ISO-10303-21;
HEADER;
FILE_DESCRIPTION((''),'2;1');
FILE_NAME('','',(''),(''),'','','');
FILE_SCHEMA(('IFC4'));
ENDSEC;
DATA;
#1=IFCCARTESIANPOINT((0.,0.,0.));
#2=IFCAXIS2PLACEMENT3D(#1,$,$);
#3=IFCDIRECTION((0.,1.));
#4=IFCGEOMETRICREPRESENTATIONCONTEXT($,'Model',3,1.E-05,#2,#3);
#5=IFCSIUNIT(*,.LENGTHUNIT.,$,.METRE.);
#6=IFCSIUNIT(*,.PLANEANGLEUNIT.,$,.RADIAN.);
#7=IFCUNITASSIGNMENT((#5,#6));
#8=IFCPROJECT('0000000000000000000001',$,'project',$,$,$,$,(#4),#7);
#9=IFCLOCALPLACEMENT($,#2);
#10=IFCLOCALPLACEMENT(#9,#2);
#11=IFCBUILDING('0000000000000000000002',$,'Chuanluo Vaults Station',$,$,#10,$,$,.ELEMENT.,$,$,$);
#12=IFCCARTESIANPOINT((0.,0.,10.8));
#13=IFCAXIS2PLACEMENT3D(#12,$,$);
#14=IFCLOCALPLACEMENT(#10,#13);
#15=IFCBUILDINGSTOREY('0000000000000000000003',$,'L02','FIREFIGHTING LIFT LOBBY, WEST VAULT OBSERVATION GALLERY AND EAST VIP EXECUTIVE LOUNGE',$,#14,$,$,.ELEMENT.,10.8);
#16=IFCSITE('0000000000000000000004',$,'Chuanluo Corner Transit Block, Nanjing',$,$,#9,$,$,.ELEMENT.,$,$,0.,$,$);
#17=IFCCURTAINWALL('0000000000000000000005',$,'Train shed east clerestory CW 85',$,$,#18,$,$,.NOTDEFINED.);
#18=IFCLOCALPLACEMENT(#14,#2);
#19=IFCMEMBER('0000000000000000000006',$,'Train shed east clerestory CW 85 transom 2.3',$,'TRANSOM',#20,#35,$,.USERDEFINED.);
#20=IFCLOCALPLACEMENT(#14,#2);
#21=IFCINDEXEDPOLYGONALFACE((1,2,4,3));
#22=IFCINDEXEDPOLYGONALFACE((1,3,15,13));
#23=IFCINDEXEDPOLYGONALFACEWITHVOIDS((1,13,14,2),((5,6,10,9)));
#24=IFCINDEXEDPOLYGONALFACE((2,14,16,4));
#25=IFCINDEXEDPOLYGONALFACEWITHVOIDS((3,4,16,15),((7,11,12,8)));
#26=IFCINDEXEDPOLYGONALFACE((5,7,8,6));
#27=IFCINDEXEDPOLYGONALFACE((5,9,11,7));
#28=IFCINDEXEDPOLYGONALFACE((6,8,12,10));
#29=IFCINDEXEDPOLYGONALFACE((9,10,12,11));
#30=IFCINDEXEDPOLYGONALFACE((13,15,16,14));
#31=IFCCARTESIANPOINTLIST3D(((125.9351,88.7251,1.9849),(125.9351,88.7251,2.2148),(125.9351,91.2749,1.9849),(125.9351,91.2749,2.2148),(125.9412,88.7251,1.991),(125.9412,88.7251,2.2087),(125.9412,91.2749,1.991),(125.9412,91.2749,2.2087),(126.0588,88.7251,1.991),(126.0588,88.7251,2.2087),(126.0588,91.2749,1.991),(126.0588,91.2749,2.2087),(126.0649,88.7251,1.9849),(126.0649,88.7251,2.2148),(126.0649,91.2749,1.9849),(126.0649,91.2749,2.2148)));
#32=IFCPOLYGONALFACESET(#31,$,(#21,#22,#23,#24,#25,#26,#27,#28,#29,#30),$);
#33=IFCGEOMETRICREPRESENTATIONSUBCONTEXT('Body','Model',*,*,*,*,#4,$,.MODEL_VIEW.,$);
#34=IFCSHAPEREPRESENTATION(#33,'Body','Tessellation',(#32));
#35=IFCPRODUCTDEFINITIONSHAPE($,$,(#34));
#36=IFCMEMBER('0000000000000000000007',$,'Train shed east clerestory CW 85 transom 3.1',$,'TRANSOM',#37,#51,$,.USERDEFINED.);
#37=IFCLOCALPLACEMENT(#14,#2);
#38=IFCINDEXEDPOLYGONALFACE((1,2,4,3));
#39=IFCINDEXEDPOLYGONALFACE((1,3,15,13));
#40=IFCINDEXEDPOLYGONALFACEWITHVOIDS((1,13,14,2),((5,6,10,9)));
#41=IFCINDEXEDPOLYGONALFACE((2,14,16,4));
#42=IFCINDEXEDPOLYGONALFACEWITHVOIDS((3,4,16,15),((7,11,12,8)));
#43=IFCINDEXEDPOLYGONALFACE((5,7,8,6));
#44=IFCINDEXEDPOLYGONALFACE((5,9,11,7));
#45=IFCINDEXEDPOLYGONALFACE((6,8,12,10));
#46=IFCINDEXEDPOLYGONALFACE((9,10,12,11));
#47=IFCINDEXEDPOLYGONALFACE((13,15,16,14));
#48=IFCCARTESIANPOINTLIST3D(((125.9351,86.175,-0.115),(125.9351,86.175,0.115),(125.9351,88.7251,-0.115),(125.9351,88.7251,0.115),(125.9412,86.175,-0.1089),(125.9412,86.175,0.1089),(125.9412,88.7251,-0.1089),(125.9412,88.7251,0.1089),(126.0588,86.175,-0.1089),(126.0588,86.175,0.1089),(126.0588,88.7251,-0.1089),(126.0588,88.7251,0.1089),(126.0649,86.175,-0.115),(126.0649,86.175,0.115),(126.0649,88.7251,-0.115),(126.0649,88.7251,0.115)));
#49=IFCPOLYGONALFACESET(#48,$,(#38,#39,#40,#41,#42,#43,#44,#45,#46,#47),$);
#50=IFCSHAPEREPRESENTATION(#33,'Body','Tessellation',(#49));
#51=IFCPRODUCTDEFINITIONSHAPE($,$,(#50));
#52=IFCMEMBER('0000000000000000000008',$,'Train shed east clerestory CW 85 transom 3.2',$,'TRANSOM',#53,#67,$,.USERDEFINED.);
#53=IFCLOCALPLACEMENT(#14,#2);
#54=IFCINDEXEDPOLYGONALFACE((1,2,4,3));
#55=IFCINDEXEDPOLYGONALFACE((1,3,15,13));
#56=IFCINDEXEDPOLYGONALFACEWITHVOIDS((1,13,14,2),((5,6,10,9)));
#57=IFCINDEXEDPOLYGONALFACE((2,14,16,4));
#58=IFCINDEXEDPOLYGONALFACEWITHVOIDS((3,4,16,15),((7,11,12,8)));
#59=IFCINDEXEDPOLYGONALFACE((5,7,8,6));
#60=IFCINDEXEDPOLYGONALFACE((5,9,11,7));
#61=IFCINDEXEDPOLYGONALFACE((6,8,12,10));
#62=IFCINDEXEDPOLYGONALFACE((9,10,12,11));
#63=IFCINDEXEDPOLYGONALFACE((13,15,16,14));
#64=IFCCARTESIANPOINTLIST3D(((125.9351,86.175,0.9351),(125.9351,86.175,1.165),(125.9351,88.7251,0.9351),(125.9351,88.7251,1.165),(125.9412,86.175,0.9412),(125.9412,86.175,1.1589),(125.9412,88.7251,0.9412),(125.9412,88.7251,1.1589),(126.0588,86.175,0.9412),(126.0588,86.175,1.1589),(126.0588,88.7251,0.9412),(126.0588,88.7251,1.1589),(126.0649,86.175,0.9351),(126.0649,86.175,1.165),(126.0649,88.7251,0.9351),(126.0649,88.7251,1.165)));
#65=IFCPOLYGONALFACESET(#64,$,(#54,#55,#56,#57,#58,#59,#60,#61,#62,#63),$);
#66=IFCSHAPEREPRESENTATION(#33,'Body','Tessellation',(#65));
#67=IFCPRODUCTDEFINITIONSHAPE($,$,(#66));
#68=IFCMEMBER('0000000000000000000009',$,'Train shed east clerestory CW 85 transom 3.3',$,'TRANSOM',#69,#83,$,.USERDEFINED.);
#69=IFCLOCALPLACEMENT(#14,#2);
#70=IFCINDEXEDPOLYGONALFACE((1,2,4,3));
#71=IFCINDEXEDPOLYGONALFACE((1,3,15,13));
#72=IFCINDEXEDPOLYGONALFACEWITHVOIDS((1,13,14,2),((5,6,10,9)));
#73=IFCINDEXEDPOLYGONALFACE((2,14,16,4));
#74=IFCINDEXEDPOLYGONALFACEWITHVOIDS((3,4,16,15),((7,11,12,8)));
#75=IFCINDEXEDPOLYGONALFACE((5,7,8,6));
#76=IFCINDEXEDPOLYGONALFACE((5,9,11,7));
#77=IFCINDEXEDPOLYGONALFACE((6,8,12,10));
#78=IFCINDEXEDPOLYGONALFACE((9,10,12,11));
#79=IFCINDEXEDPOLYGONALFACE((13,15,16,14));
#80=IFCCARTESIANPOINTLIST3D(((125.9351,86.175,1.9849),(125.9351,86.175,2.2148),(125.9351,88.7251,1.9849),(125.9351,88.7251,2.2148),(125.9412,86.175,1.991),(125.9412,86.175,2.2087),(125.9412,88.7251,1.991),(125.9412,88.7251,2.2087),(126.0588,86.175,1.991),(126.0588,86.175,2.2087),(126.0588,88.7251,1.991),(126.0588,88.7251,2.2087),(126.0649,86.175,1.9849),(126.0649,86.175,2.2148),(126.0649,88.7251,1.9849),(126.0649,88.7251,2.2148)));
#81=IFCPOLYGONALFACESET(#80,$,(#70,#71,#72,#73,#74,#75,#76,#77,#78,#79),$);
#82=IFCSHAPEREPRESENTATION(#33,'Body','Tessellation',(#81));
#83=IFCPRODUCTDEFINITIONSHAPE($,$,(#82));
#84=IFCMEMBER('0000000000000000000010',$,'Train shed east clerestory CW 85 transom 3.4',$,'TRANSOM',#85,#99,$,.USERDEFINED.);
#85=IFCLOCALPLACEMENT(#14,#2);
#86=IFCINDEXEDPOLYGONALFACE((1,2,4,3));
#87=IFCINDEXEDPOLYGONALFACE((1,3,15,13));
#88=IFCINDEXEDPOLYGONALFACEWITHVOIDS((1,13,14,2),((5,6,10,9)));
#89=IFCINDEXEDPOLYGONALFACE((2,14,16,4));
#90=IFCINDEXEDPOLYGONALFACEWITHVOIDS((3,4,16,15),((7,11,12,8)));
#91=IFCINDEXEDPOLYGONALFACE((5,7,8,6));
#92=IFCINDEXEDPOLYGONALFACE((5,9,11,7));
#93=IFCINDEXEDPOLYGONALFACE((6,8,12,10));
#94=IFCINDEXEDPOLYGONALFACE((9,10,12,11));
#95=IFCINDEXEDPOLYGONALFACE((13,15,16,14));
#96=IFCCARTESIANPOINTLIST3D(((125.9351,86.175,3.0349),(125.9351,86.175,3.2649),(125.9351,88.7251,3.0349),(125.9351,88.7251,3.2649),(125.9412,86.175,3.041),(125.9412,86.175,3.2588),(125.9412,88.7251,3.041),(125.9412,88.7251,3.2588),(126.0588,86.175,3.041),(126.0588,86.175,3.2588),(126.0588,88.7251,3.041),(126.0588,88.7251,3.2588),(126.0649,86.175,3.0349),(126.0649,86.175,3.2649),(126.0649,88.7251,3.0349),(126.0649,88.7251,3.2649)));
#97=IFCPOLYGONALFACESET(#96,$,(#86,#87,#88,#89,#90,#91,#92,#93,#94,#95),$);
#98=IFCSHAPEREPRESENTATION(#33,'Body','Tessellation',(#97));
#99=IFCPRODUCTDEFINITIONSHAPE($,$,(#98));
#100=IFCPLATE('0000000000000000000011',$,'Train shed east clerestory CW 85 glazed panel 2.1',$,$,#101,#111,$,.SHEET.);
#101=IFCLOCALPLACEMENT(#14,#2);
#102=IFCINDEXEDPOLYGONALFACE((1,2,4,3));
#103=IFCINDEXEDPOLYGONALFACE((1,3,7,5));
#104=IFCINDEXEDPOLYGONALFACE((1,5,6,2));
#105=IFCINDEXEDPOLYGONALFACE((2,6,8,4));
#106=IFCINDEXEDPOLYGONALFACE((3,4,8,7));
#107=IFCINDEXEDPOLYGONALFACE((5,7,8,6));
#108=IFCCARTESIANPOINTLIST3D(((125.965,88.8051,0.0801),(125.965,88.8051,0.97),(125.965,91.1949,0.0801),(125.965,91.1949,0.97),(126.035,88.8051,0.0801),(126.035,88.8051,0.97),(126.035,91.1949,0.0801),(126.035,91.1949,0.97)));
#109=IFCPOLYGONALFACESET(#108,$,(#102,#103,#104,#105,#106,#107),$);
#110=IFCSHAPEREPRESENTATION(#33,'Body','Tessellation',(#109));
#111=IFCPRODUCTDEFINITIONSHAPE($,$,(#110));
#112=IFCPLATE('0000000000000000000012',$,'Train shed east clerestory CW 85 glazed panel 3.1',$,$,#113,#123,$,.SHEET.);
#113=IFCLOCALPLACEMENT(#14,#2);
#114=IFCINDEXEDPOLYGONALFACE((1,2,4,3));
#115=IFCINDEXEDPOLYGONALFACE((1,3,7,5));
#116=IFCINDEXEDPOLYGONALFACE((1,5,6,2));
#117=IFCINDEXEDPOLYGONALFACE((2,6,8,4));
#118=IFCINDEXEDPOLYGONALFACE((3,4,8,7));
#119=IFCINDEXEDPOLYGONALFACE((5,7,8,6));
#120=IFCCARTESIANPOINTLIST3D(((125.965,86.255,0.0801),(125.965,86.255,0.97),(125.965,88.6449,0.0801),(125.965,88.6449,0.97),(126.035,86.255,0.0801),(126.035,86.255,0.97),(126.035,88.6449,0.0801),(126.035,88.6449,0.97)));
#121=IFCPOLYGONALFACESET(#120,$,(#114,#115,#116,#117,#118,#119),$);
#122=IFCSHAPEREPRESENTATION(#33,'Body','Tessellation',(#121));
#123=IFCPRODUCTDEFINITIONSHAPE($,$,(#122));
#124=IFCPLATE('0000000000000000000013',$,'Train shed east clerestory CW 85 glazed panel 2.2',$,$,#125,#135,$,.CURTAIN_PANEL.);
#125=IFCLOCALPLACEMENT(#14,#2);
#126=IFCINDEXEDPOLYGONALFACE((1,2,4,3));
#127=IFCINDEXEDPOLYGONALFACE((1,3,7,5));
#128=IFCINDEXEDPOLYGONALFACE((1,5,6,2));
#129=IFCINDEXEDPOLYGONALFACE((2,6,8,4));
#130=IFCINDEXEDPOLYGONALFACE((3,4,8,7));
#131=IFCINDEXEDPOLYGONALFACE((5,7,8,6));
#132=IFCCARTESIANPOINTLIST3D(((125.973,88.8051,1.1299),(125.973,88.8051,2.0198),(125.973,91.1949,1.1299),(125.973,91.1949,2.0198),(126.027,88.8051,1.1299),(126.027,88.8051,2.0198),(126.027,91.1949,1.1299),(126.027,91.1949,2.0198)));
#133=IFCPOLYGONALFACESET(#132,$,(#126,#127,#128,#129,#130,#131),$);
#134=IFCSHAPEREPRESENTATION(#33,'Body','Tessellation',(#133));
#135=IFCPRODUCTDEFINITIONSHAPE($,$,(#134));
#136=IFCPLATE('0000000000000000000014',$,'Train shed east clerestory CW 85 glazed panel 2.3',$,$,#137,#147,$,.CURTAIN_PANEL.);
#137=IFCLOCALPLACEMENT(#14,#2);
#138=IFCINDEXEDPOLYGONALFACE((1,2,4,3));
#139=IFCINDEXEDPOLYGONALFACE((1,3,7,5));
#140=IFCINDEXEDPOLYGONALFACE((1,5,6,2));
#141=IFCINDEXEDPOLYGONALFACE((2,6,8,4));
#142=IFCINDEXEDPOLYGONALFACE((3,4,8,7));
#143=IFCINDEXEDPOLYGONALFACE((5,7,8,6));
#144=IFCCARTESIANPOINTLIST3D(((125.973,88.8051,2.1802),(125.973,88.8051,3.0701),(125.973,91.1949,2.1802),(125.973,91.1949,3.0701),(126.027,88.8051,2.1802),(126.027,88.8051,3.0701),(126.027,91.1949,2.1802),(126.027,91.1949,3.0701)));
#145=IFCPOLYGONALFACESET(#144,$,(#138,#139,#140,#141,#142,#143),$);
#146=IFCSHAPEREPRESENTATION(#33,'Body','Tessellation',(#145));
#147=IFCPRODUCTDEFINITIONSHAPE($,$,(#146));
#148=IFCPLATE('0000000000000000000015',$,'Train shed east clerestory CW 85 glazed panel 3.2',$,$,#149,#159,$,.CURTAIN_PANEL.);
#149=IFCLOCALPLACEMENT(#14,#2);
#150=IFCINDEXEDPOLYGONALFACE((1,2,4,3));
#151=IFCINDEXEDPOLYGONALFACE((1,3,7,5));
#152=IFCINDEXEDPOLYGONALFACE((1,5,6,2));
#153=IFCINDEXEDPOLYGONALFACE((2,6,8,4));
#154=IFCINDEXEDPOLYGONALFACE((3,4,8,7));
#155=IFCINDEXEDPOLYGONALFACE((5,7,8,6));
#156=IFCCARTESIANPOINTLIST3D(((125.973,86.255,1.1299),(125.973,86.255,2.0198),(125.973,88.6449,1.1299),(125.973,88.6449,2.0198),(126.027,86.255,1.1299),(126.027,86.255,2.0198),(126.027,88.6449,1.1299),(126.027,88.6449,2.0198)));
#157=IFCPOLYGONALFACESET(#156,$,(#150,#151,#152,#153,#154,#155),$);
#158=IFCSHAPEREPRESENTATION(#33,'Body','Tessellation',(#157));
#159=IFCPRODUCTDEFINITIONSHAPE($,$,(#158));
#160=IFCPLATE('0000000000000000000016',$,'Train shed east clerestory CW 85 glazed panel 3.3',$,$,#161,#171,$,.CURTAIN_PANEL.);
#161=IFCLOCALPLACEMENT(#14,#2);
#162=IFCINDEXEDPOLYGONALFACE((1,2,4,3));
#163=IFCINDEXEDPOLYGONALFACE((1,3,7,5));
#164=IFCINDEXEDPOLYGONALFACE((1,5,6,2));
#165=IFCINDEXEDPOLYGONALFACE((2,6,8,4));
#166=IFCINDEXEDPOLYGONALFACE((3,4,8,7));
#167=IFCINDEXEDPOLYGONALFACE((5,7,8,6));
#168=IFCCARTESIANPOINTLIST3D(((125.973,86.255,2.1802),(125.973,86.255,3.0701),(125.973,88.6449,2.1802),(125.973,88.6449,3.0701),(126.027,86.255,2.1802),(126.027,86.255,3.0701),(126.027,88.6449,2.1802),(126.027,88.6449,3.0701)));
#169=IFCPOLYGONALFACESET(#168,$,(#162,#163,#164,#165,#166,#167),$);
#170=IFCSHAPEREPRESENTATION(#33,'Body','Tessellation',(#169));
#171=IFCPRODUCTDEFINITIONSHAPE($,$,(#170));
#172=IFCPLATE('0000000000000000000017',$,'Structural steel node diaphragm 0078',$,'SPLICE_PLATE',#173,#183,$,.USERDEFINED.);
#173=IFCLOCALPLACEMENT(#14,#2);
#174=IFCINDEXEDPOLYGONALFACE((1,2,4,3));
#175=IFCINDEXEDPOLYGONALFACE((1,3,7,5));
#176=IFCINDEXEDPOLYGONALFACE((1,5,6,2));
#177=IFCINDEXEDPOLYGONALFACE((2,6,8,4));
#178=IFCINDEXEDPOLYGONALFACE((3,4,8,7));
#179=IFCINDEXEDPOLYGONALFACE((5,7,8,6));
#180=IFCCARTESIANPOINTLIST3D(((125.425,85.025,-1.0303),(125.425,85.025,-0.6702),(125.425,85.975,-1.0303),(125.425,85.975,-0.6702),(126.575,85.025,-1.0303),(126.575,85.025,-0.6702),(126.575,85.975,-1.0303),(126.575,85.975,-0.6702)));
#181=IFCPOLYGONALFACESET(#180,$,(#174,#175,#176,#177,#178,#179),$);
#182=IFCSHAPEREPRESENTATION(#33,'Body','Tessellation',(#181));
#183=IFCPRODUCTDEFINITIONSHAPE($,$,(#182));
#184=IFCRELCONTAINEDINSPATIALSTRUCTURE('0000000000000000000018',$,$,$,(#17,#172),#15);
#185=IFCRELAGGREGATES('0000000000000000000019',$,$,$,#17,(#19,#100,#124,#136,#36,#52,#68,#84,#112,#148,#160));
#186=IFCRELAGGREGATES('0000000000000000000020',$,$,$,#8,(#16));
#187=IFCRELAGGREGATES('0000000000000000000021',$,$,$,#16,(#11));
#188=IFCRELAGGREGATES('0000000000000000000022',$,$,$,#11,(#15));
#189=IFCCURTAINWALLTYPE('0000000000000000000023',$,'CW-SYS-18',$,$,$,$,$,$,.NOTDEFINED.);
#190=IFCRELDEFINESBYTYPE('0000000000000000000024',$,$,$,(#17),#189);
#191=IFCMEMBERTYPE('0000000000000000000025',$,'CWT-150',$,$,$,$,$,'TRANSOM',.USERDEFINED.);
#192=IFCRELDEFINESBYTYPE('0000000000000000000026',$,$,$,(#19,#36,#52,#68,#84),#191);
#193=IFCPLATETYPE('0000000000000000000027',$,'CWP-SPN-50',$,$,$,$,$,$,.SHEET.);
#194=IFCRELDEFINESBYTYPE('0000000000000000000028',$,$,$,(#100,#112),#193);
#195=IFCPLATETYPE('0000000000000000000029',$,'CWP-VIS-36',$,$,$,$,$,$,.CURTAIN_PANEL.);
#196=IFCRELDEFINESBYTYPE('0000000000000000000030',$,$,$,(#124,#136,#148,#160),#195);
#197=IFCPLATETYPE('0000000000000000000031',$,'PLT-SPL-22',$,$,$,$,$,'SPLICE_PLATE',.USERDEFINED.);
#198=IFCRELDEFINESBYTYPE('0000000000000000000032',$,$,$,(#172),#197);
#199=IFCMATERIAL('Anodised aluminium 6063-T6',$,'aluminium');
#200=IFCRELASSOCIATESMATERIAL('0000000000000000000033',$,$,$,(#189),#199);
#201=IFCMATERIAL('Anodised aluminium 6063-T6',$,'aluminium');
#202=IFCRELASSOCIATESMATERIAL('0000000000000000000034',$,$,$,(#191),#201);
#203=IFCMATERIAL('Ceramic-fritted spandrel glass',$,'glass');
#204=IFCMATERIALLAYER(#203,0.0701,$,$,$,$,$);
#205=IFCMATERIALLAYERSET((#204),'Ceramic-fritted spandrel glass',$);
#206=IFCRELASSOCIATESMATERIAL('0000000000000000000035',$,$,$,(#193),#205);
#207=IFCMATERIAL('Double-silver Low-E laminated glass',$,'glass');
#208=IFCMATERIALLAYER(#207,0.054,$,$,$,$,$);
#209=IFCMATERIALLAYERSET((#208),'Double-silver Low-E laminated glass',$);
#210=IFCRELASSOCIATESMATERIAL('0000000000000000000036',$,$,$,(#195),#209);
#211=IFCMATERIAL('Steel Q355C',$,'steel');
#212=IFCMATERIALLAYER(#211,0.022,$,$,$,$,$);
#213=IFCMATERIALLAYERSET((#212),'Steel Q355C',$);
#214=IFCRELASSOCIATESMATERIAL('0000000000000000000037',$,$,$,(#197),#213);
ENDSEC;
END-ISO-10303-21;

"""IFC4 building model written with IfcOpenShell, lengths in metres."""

from ifc_helpers import new_model, si_unit, direction, frame, origin, origin_2d, place, context, subcontext, project, spatial, rectangle, hollow_rectangle, extrude, material, layer, layer_set, material_profile, profile_set, type_object, element, aggregate, save


model = new_model("IFC4")

# Units and contexts
model_context = context("Model", 3, precision=1e-05, world=origin(), true_north=direction((0.0, 1.0)))
body_context = subcontext(model_context, "Body", "Model", "MODEL_VIEW")
ifc_project = project(units=[si_unit("LENGTHUNIT", "METRE"), si_unit("PLANEANGLEUNIT", "RADIAN")], contexts=[model_context])

# Site, building, storey
site_placement = place(None, origin())
site = spatial("IfcSite", under=ifc_project, at=site_placement, Name="Chuanluo Corner Transit Block, Nanjing", CompositionType="ELEMENT", RefElevation=0.0)
building_placement = place(site_placement, origin())
building = spatial("IfcBuilding", under=site, at=building_placement, Name="Chuanluo Vaults Station", CompositionType="ELEMENT")
storey_placement = place(building_placement, frame((0.0, 0.0, 10.8)))
storey = spatial("IfcBuildingStorey", under=building, at=storey_placement, Name="L02", Description="FIREFIGHTING LIFT LOBBY, WEST VAULT OBSERVATION GALLERY AND EAST VIP EXECUTIVE LOUNGE", CompositionType="ELEMENT", Elevation=10.8)

# Curtain wall
ifc_material_1 = material(Name="Anodised aluminium 6063-T6", Category="aluminium")
curtain_wall_type_1 = type_object("IfcCurtainWallType", Name="CW-SYS-18", PredefinedType="NOTDEFINED", material=ifc_material_1)
curtain_wall_1_placement = place(storey_placement, origin())
curtain_wall_1 = element("IfcCurtainWall", 1, at=curtain_wall_1_placement, inside=storey, type_object=curtain_wall_type_1, Name="Train shed east clerestory CW 85", PredefinedType="NOTDEFINED")

# Members
ifc_material_2 = material(Name="Anodised aluminium 6063-T6", Category="aluminium")
ifc_material_profile_1 = material_profile(ifc_material_2, hollow_rectangle(XDim=0.1299, YDim=0.23, WallThickness=0.0061, at=origin_2d()))
ifc_profile_set_1 = profile_set([ifc_material_profile_1], Name="Anodised aluminium 6063-T6")
member_type_1 = type_object("IfcMemberType", Name="CWT-150", ElementType="TRANSOM", PredefinedType="USERDEFINED", material=ifc_profile_set_1)
member_1_placement = place(storey_placement, frame((126.0, 91.2749, 2.0999), z_axis=(0.0, -1.0, 0.0), x_axis=(1.0, 0.0, 0.0)))
member_1 = element("IfcMember", 2, at=member_1_placement, type_object=member_type_1, Name="Train shed east clerestory CW 85 transom 2.3", ObjectType="TRANSOM", PredefinedType="USERDEFINED", context=body_context, shape_type="SweptSolid", body=[
    extrude(hollow_rectangle(XDim=0.1299, YDim=0.23, WallThickness=0.0061, at=origin_2d()), origin(), (0.0, 0.0, 1.0), 2.5498),
])
member_2_placement = place(storey_placement, frame((126.0, 88.7251, 0.0), z_axis=(0.0, -1.0, 0.0), x_axis=(1.0, 0.0, 0.0)))
member_2 = element("IfcMember", 3, at=member_2_placement, type_object=member_type_1, Name="Train shed east clerestory CW 85 transom 3.1", ObjectType="TRANSOM", PredefinedType="USERDEFINED", context=body_context, shape_type="SweptSolid", body=[
    extrude(hollow_rectangle(XDim=0.1299, YDim=0.23, WallThickness=0.0061, at=origin_2d()), origin(), (0.0, 0.0, 1.0), 2.55),
])
member_3_placement = place(storey_placement, frame((126.0, 88.7251, 1.05), z_axis=(0.0, -1.0, 0.0), x_axis=(1.0, 0.0, 0.0)))
member_3 = element("IfcMember", 4, at=member_3_placement, type_object=member_type_1, Name="Train shed east clerestory CW 85 transom 3.2", ObjectType="TRANSOM", PredefinedType="USERDEFINED", context=body_context, shape_type="SweptSolid", body=[
    extrude(hollow_rectangle(XDim=0.1299, YDim=0.23, WallThickness=0.0061, at=origin_2d()), origin(), (0.0, 0.0, 1.0), 2.55),
])
member_4_placement = place(storey_placement, frame((126.0, 88.7251, 2.0999), z_axis=(0.0, -1.0, 0.0), x_axis=(1.0, 0.0, 0.0)))
member_4 = element("IfcMember", 5, at=member_4_placement, type_object=member_type_1, Name="Train shed east clerestory CW 85 transom 3.3", ObjectType="TRANSOM", PredefinedType="USERDEFINED", context=body_context, shape_type="SweptSolid", body=[
    extrude(hollow_rectangle(XDim=0.1299, YDim=0.23, WallThickness=0.0061, at=origin_2d()), origin(), (0.0, 0.0, 1.0), 2.55),
])
member_5_placement = place(storey_placement, frame((126.0, 88.7251, 3.1499), z_axis=(0.0, -1.0, 0.0), x_axis=(1.0, 0.0, 0.0)))
member_5 = element("IfcMember", 6, at=member_5_placement, type_object=member_type_1, Name="Train shed east clerestory CW 85 transom 3.4", ObjectType="TRANSOM", PredefinedType="USERDEFINED", context=body_context, shape_type="SweptSolid", body=[
    extrude(hollow_rectangle(XDim=0.1299, YDim=0.23, WallThickness=0.0061, at=origin_2d()), origin(), (0.0, 0.0, 1.0), 2.55),
])

# Plates
ifc_material_3 = material(Name="Ceramic-fritted spandrel glass", Category="glass")
ifc_layer_1 = layer(ifc_material_3, 0.0701)
ifc_layer_set_1 = layer_set([ifc_layer_1], Name="Ceramic-fritted spandrel glass")
plate_type_1 = type_object("IfcPlateType", Name="CWP-SPN-50", PredefinedType="SHEET", material=ifc_layer_set_1)
plate_1_placement = place(storey_placement, frame((126.0, 90.0, 0.0801), z_axis=(0.0, 0.0, 1.0), x_axis=(0.0, -1.0, 0.0)))
plate_1 = element("IfcPlate", 7, at=plate_1_placement, type_object=plate_type_1, Name="Train shed east clerestory CW 85 glazed panel 2.1", PredefinedType="SHEET", context=body_context, shape_type="SweptSolid", body=[
    extrude(rectangle(XDim=2.3899, YDim=0.0701, at=origin_2d()), origin(), (0.0, 0.0, 1.0), 0.8899),
])
plate_2_placement = place(storey_placement, frame((126.0, 87.45, 0.0801), z_axis=(0.0, 0.0, 1.0), x_axis=(0.0, -1.0, 0.0)))
plate_2 = element("IfcPlate", 8, at=plate_2_placement, type_object=plate_type_1, Name="Train shed east clerestory CW 85 glazed panel 3.1", PredefinedType="SHEET", context=body_context, shape_type="SweptSolid", body=[
    extrude(rectangle(XDim=2.3899, YDim=0.0701, at=origin_2d()), origin(), (0.0, 0.0, 1.0), 0.8899),
])
ifc_material_4 = material(Name="Double-silver Low-E laminated glass", Category="glass")
ifc_layer_2 = layer(ifc_material_4, 0.054)
ifc_layer_set_2 = layer_set([ifc_layer_2], Name="Double-silver Low-E laminated glass")
plate_type_2 = type_object("IfcPlateType", Name="CWP-VIS-36", PredefinedType="CURTAIN_PANEL", material=ifc_layer_set_2)
plate_3_placement = place(storey_placement, frame((126.0, 90.0, 1.1299), z_axis=(0.0, 0.0, 1.0), x_axis=(0.0, -1.0, 0.0)))
plate_3 = element("IfcPlate", 9, at=plate_3_placement, type_object=plate_type_2, Name="Train shed east clerestory CW 85 glazed panel 2.2", PredefinedType="CURTAIN_PANEL", context=body_context, shape_type="SweptSolid", body=[
    extrude(rectangle(XDim=2.3899, YDim=0.054, at=origin_2d()), origin(), (0.0, 0.0, 1.0), 0.8899),
])
plate_4_placement = place(storey_placement, frame((126.0, 90.0, 2.1802), z_axis=(0.0, 0.0, 1.0), x_axis=(0.0, -1.0, 0.0)))
plate_4 = element("IfcPlate", 10, at=plate_4_placement, type_object=plate_type_2, Name="Train shed east clerestory CW 85 glazed panel 2.3", PredefinedType="CURTAIN_PANEL", context=body_context, shape_type="SweptSolid", body=[
    extrude(rectangle(XDim=2.3899, YDim=0.054, at=origin_2d()), origin(), (0.0, 0.0, 1.0), 0.8899),
])
plate_5_placement = place(storey_placement, frame((126.0, 87.45, 1.1299), z_axis=(0.0, 0.0, 1.0), x_axis=(0.0, -1.0, 0.0)))
plate_5 = element("IfcPlate", 11, at=plate_5_placement, type_object=plate_type_2, Name="Train shed east clerestory CW 85 glazed panel 3.2", PredefinedType="CURTAIN_PANEL", context=body_context, shape_type="SweptSolid", body=[
    extrude(rectangle(XDim=2.3899, YDim=0.054, at=origin_2d()), origin(), (0.0, 0.0, 1.0), 0.8899),
])
plate_6_placement = place(storey_placement, frame((126.0, 87.45, 2.1802), z_axis=(0.0, 0.0, 1.0), x_axis=(0.0, -1.0, 0.0)))
plate_6 = element("IfcPlate", 12, at=plate_6_placement, type_object=plate_type_2, Name="Train shed east clerestory CW 85 glazed panel 3.3", PredefinedType="CURTAIN_PANEL", context=body_context, shape_type="SweptSolid", body=[
    extrude(rectangle(XDim=2.3899, YDim=0.054, at=origin_2d()), origin(), (0.0, 0.0, 1.0), 0.8899),
])
aggregate(curtain_wall_1, [member_1, plate_1, plate_3, plate_4, member_2, member_3, member_4, member_5, plate_2, plate_5, plate_6])
ifc_material_5 = material(Name="Steel Q355C", Category="steel")
ifc_layer_3 = layer(ifc_material_5, 0.022)
ifc_layer_set_3 = layer_set([ifc_layer_3], Name="Steel Q355C")
plate_type_3 = type_object("IfcPlateType", Name="PLT-SPL-22", ElementType="SPLICE_PLATE", PredefinedType="USERDEFINED", material=ifc_layer_set_3)
plate_7_placement = place(storey_placement, frame((126.0, 85.5, -1.0303), z_axis=(0.0, 0.0, 1.0), x_axis=(1.0, 0.0, 0.0)))
element("IfcPlate", 13, at=plate_7_placement, inside=storey, type_object=plate_type_3, Name="Structural steel node diaphragm 0078", ObjectType="SPLICE_PLATE", PredefinedType="USERDEFINED", context=body_context, shape_type="SweptSolid", body=[
    extrude(rectangle(XDim=1.1499, YDim=0.95, at=origin_2d()), origin(), (0.0, 0.0, 1.0), 0.3601),
])

save(model, "model.ifc")
